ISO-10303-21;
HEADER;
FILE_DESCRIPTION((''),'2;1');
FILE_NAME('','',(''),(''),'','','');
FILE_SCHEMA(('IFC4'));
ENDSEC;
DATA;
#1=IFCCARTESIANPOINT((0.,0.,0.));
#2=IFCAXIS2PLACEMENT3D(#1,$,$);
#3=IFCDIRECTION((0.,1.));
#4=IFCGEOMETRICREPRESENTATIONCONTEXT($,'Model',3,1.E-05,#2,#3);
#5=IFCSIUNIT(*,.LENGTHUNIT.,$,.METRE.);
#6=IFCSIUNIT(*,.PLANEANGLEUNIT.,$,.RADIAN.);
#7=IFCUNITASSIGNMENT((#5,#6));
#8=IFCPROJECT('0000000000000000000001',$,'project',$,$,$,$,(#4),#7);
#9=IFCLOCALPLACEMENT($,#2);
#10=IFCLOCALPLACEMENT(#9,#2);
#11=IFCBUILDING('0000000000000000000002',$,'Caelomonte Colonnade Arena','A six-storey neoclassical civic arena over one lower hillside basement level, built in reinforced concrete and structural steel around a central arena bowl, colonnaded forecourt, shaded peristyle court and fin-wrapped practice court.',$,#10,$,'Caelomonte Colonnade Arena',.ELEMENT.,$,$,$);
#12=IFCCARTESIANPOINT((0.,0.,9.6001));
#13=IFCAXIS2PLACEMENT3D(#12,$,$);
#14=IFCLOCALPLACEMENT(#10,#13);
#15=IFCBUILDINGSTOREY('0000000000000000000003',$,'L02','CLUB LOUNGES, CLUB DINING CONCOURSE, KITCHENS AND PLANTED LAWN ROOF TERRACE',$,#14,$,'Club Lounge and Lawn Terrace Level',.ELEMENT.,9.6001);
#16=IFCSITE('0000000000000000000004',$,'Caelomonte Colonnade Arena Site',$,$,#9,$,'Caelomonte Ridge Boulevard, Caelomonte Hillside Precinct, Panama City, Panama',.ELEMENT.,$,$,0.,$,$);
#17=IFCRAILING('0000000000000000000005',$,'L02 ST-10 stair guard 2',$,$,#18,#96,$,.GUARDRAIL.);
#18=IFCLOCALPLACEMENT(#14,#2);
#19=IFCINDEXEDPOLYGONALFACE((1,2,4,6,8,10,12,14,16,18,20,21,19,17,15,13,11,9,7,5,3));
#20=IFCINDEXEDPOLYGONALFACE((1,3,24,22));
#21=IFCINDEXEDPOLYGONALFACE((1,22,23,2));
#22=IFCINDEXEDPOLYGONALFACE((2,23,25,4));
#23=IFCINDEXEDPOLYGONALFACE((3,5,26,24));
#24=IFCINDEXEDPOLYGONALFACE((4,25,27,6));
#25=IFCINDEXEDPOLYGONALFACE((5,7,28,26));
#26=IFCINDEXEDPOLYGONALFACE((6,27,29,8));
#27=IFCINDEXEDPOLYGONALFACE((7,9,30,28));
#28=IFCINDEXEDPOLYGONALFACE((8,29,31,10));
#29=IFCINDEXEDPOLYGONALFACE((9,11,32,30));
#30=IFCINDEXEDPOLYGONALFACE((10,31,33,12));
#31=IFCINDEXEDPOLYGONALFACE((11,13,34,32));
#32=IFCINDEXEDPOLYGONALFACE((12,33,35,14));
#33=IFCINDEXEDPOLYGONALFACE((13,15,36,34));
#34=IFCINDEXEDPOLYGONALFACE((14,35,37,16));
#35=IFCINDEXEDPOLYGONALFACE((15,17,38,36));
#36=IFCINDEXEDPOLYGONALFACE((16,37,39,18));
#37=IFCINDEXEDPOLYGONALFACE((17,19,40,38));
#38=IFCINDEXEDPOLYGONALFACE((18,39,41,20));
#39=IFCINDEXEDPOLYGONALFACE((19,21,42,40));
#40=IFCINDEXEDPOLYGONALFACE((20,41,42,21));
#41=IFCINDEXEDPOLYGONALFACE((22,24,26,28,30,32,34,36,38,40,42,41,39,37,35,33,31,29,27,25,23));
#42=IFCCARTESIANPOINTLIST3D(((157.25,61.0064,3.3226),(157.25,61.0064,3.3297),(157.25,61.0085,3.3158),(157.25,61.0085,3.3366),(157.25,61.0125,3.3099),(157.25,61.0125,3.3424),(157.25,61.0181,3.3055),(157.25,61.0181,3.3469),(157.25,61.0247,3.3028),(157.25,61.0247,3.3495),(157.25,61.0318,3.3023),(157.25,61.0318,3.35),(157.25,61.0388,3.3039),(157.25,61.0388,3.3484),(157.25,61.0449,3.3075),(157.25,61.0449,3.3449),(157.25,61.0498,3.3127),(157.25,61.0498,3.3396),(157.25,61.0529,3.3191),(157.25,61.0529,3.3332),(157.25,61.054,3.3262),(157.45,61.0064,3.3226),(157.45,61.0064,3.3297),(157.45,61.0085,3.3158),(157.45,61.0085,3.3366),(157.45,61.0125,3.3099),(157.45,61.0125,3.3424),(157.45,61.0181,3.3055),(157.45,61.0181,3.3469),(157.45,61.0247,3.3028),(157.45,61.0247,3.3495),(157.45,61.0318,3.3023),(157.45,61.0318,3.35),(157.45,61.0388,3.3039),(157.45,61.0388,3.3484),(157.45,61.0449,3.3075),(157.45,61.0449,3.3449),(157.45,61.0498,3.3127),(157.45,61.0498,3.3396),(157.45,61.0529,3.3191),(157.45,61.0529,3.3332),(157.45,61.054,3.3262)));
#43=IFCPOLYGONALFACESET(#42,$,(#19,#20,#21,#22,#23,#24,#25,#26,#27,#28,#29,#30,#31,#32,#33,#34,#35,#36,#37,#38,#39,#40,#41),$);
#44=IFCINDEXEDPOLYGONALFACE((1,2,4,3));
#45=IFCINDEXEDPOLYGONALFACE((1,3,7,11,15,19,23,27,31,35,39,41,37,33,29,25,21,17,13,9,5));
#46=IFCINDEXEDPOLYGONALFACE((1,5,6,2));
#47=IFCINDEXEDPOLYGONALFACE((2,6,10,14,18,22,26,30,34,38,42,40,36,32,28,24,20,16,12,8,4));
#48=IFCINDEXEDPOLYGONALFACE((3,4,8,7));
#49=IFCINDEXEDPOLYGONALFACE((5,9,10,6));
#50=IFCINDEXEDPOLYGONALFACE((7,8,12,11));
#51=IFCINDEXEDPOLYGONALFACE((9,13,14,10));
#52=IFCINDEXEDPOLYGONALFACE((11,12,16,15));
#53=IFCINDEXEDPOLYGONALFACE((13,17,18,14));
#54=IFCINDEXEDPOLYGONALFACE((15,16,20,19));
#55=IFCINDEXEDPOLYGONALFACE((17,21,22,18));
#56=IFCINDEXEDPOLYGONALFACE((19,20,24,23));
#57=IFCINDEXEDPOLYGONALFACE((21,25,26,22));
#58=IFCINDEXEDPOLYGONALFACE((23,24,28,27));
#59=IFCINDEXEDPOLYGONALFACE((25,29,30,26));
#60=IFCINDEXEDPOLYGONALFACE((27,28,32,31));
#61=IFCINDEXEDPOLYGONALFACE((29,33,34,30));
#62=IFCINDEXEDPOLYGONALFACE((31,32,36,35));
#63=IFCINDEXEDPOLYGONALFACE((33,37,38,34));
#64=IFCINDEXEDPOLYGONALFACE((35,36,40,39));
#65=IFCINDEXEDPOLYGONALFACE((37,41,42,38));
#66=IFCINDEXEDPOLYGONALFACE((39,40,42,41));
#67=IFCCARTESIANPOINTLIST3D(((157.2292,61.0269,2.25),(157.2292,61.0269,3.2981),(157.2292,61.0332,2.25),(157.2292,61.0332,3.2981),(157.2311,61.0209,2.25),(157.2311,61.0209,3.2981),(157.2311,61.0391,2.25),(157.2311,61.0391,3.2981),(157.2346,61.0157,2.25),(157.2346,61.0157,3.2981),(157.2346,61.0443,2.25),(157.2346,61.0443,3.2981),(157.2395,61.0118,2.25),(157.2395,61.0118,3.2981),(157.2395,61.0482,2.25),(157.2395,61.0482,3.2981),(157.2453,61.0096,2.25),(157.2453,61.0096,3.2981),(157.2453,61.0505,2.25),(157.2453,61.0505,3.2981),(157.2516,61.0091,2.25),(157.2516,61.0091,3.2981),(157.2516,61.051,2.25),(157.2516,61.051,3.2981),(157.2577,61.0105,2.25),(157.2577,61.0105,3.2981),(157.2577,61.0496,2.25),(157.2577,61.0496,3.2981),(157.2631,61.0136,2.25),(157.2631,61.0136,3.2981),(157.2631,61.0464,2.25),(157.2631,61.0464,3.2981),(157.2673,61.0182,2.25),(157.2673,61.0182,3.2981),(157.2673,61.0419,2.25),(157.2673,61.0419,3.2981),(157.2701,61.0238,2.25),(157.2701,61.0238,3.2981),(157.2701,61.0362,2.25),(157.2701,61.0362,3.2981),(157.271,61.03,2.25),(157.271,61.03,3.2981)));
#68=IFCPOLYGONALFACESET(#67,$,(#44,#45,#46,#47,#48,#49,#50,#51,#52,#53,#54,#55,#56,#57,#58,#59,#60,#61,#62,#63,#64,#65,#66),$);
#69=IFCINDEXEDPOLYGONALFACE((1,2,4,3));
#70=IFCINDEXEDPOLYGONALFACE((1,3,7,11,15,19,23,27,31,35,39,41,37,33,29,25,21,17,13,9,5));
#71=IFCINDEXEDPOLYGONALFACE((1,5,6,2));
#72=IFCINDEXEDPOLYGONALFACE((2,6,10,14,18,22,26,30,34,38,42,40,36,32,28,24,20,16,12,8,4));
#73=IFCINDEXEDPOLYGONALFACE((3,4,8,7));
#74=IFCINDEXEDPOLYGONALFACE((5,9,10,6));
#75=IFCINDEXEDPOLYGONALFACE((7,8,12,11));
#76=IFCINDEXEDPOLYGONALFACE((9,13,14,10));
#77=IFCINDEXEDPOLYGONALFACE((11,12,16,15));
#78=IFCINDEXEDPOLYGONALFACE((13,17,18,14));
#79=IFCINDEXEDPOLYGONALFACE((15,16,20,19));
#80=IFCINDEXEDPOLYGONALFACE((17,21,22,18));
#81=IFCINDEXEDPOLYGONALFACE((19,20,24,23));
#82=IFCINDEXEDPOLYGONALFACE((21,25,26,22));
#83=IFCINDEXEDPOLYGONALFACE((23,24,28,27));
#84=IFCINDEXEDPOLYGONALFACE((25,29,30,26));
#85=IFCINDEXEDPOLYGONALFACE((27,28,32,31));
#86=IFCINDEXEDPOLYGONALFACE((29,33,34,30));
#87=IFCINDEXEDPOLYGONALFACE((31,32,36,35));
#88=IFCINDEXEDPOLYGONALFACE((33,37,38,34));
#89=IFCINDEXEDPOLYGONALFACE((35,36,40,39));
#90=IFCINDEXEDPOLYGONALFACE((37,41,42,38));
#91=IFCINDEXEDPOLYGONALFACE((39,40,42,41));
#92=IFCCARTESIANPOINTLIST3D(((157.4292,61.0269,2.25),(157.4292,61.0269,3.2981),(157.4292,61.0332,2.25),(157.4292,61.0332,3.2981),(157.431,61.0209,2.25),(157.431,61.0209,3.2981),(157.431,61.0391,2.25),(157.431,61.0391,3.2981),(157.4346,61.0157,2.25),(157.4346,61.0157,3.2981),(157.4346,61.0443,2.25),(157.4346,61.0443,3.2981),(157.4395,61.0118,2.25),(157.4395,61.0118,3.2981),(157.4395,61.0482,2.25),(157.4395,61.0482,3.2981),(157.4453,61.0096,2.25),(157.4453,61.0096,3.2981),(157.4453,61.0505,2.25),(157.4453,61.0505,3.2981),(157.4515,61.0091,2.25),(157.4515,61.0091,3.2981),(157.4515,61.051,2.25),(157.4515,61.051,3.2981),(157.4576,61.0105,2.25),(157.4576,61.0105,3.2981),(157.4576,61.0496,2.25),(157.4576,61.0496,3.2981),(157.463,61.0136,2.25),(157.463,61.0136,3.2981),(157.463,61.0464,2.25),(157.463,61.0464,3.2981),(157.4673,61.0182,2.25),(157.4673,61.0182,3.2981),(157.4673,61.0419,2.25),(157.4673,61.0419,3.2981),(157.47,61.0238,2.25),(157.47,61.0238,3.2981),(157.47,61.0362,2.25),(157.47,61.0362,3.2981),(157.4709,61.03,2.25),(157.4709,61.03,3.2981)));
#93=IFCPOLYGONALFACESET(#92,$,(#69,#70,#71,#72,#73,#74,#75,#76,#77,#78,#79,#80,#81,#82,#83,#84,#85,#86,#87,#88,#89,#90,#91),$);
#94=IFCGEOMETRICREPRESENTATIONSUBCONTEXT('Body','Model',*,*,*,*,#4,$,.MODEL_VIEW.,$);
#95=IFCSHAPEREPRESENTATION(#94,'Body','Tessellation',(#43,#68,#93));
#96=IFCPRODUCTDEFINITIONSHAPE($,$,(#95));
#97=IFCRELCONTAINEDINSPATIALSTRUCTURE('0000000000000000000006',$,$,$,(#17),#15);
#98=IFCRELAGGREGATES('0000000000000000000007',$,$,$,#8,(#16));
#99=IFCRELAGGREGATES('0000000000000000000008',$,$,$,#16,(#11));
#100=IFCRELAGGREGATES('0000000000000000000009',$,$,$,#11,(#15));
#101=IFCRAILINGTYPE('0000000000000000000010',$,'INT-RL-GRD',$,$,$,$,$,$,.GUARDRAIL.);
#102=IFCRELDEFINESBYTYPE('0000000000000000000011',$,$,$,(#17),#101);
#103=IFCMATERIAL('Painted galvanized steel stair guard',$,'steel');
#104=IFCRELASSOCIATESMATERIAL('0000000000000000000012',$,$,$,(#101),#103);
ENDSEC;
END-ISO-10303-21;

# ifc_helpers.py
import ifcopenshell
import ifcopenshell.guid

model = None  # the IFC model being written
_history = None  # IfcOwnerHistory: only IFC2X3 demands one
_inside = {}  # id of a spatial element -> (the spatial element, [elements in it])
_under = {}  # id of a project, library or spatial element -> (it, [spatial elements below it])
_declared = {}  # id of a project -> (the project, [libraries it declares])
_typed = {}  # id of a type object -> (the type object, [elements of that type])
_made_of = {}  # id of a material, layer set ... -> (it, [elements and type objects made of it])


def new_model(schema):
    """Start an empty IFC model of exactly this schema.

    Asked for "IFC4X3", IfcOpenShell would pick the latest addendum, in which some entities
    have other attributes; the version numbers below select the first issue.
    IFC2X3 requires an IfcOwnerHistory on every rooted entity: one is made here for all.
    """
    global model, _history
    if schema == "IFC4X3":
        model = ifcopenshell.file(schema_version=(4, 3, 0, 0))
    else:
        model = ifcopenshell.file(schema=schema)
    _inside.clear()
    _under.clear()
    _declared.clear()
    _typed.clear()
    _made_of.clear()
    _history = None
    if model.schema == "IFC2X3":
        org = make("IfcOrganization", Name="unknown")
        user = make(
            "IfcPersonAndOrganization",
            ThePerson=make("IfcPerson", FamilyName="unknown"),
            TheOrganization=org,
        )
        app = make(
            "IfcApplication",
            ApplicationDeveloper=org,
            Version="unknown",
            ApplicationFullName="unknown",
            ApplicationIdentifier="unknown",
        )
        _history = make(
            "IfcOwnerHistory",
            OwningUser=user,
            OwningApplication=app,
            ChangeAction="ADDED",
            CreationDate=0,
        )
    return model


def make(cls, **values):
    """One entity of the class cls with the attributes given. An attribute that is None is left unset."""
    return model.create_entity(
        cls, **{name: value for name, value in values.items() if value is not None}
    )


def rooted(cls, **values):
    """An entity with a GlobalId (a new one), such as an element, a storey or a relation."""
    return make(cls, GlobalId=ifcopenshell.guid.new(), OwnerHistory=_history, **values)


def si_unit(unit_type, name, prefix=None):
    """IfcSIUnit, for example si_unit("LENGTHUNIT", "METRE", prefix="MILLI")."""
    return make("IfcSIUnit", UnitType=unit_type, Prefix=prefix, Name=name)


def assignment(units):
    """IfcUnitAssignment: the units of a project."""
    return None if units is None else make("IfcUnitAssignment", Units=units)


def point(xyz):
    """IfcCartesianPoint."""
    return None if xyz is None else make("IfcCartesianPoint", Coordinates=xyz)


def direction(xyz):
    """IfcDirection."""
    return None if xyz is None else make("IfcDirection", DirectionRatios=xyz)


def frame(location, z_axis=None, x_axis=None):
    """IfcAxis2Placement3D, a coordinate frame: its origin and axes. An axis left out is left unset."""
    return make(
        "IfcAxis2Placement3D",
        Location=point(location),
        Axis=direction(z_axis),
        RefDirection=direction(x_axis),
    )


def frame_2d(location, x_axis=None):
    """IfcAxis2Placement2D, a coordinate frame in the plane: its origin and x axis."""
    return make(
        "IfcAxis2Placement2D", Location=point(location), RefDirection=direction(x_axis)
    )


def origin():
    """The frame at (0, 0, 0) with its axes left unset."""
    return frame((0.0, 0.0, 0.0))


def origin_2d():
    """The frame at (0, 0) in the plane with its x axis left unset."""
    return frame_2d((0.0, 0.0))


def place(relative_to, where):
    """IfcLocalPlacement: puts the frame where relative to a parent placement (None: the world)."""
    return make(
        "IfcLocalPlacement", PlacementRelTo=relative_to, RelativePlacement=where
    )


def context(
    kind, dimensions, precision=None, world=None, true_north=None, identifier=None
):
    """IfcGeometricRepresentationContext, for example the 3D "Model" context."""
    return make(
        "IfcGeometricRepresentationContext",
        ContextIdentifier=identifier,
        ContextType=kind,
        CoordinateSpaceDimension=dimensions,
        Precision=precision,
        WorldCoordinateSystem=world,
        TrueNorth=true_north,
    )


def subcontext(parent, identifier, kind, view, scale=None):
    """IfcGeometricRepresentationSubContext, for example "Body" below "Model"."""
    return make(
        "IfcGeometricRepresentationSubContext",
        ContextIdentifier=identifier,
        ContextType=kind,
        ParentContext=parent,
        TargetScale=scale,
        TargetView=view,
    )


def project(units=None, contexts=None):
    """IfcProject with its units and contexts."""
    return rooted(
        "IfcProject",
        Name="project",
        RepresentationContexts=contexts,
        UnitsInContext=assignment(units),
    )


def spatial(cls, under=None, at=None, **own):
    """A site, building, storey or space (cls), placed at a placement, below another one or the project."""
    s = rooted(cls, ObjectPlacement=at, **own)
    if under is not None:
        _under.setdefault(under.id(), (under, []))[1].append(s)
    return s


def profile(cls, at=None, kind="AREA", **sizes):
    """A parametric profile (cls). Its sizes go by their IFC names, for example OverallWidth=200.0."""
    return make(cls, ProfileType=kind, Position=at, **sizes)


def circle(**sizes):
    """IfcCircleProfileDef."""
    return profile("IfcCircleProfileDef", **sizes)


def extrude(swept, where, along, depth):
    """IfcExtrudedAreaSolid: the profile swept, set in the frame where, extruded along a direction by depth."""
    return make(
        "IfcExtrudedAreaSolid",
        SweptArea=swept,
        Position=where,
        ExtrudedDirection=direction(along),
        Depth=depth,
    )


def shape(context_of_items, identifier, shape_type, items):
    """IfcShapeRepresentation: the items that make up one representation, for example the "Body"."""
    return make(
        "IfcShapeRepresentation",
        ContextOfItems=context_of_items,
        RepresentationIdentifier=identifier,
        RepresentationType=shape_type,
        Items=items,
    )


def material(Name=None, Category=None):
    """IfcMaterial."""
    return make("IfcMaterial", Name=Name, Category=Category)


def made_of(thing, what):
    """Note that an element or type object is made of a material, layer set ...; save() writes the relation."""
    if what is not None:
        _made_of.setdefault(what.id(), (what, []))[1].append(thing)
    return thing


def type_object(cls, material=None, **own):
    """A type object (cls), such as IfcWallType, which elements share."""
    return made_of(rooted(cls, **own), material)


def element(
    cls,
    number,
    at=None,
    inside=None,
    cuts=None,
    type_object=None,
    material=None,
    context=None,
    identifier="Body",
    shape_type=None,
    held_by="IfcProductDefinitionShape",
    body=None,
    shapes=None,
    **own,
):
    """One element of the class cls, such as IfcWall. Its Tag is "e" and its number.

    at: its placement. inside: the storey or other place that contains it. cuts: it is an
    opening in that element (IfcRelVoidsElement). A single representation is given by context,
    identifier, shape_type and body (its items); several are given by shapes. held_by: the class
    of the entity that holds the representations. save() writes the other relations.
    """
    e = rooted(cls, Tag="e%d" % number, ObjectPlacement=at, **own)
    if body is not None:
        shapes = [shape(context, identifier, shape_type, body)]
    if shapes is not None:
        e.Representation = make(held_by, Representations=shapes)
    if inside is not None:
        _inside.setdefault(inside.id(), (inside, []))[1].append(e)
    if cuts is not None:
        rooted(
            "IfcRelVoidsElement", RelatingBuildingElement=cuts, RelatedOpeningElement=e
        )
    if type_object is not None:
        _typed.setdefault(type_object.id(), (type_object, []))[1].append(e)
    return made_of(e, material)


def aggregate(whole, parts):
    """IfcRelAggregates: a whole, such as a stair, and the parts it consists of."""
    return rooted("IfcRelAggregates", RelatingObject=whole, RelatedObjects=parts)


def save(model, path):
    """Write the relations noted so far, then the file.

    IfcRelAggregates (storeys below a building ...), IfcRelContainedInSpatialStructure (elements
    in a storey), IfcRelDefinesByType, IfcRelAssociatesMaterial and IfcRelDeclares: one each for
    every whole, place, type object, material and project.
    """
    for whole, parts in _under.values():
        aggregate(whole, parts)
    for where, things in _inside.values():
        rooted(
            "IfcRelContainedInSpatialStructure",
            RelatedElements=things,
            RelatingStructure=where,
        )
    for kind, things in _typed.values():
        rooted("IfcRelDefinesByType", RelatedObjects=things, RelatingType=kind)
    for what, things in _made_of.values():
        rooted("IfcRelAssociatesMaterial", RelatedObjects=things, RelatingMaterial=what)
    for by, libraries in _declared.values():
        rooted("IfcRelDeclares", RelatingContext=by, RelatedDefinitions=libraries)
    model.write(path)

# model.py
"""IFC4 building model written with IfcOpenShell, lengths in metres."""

from ifc_helpers import new_model, si_unit, direction, frame, origin, origin_2d, place, context, subcontext, project, spatial, circle, extrude, material, type_object, element, save


model = new_model("IFC4")

# Units and contexts
model_context = context("Model", 3, precision=1e-05, world=origin(), true_north=direction((0.0, 1.0)))
body_context = subcontext(model_context, "Body", "Model", "MODEL_VIEW")
ifc_project = project(units=[si_unit("LENGTHUNIT", "METRE"), si_unit("PLANEANGLEUNIT", "RADIAN")], contexts=[model_context])

# Site, building, storey
site_placement = place(None, origin())
site = spatial("IfcSite", under=ifc_project, at=site_placement, Name="Caelomonte Colonnade Arena Site", LongName="Caelomonte Ridge Boulevard, Caelomonte Hillside Precinct, Panama City, Panama", CompositionType="ELEMENT", RefElevation=0.0)
building_placement = place(site_placement, origin())
building = spatial("IfcBuilding", under=site, at=building_placement, Name="Caelomonte Colonnade Arena", Description="A six-storey neoclassical civic arena over one lower hillside basement level, built in reinforced concrete and structural steel around a central arena bowl, colonnaded forecourt, shaded peristyle court and fin-wrapped practice court.", LongName="Caelomonte Colonnade Arena", CompositionType="ELEMENT")
storey_placement = place(building_placement, frame((0.0, 0.0, 9.6001)))
storey = spatial("IfcBuildingStorey", under=building, at=storey_placement, Name="L02", Description="CLUB LOUNGES, CLUB DINING CONCOURSE, KITCHENS AND PLANTED LAWN ROOF TERRACE", LongName="Club Lounge and Lawn Terrace Level", CompositionType="ELEMENT", Elevation=9.6001)

# Railing
ifc_material_1 = material(Name="Painted galvanized steel stair guard", Category="steel")
railing_type_1 = type_object("IfcRailingType", Name="INT-RL-GRD", PredefinedType="GUARDRAIL", material=ifc_material_1)
railing_1_placement = place(storey_placement, frame((157.25, 61.03, 2.25)))
element("IfcRailing", 1, at=railing_1_placement, inside=storey, type_object=railing_type_1, Name="L02 ST-10 stair guard 2", PredefinedType="GUARDRAIL", context=body_context, shape_type="SweptSolid", body=[
    extrude(circle(Radius=0.0239, at=origin_2d()), frame((0.0, 0.0, 1.0762), z_axis=(1.0, 0.0, 0.0), x_axis=(0.0, 1.0, 0.0)), (0.0, 0.0, 1.0), 0.2),
    extrude(circle(Radius=0.021, at=origin_2d()), origin(), (0.0, 0.0, 1.0), 1.0481),
    extrude(circle(Radius=0.021, at=origin_2d()), frame((0.2, 0.0, 0.0)), (0.0, 0.0, 1.0), 1.0481),
])

save(model, "model.ifc")
